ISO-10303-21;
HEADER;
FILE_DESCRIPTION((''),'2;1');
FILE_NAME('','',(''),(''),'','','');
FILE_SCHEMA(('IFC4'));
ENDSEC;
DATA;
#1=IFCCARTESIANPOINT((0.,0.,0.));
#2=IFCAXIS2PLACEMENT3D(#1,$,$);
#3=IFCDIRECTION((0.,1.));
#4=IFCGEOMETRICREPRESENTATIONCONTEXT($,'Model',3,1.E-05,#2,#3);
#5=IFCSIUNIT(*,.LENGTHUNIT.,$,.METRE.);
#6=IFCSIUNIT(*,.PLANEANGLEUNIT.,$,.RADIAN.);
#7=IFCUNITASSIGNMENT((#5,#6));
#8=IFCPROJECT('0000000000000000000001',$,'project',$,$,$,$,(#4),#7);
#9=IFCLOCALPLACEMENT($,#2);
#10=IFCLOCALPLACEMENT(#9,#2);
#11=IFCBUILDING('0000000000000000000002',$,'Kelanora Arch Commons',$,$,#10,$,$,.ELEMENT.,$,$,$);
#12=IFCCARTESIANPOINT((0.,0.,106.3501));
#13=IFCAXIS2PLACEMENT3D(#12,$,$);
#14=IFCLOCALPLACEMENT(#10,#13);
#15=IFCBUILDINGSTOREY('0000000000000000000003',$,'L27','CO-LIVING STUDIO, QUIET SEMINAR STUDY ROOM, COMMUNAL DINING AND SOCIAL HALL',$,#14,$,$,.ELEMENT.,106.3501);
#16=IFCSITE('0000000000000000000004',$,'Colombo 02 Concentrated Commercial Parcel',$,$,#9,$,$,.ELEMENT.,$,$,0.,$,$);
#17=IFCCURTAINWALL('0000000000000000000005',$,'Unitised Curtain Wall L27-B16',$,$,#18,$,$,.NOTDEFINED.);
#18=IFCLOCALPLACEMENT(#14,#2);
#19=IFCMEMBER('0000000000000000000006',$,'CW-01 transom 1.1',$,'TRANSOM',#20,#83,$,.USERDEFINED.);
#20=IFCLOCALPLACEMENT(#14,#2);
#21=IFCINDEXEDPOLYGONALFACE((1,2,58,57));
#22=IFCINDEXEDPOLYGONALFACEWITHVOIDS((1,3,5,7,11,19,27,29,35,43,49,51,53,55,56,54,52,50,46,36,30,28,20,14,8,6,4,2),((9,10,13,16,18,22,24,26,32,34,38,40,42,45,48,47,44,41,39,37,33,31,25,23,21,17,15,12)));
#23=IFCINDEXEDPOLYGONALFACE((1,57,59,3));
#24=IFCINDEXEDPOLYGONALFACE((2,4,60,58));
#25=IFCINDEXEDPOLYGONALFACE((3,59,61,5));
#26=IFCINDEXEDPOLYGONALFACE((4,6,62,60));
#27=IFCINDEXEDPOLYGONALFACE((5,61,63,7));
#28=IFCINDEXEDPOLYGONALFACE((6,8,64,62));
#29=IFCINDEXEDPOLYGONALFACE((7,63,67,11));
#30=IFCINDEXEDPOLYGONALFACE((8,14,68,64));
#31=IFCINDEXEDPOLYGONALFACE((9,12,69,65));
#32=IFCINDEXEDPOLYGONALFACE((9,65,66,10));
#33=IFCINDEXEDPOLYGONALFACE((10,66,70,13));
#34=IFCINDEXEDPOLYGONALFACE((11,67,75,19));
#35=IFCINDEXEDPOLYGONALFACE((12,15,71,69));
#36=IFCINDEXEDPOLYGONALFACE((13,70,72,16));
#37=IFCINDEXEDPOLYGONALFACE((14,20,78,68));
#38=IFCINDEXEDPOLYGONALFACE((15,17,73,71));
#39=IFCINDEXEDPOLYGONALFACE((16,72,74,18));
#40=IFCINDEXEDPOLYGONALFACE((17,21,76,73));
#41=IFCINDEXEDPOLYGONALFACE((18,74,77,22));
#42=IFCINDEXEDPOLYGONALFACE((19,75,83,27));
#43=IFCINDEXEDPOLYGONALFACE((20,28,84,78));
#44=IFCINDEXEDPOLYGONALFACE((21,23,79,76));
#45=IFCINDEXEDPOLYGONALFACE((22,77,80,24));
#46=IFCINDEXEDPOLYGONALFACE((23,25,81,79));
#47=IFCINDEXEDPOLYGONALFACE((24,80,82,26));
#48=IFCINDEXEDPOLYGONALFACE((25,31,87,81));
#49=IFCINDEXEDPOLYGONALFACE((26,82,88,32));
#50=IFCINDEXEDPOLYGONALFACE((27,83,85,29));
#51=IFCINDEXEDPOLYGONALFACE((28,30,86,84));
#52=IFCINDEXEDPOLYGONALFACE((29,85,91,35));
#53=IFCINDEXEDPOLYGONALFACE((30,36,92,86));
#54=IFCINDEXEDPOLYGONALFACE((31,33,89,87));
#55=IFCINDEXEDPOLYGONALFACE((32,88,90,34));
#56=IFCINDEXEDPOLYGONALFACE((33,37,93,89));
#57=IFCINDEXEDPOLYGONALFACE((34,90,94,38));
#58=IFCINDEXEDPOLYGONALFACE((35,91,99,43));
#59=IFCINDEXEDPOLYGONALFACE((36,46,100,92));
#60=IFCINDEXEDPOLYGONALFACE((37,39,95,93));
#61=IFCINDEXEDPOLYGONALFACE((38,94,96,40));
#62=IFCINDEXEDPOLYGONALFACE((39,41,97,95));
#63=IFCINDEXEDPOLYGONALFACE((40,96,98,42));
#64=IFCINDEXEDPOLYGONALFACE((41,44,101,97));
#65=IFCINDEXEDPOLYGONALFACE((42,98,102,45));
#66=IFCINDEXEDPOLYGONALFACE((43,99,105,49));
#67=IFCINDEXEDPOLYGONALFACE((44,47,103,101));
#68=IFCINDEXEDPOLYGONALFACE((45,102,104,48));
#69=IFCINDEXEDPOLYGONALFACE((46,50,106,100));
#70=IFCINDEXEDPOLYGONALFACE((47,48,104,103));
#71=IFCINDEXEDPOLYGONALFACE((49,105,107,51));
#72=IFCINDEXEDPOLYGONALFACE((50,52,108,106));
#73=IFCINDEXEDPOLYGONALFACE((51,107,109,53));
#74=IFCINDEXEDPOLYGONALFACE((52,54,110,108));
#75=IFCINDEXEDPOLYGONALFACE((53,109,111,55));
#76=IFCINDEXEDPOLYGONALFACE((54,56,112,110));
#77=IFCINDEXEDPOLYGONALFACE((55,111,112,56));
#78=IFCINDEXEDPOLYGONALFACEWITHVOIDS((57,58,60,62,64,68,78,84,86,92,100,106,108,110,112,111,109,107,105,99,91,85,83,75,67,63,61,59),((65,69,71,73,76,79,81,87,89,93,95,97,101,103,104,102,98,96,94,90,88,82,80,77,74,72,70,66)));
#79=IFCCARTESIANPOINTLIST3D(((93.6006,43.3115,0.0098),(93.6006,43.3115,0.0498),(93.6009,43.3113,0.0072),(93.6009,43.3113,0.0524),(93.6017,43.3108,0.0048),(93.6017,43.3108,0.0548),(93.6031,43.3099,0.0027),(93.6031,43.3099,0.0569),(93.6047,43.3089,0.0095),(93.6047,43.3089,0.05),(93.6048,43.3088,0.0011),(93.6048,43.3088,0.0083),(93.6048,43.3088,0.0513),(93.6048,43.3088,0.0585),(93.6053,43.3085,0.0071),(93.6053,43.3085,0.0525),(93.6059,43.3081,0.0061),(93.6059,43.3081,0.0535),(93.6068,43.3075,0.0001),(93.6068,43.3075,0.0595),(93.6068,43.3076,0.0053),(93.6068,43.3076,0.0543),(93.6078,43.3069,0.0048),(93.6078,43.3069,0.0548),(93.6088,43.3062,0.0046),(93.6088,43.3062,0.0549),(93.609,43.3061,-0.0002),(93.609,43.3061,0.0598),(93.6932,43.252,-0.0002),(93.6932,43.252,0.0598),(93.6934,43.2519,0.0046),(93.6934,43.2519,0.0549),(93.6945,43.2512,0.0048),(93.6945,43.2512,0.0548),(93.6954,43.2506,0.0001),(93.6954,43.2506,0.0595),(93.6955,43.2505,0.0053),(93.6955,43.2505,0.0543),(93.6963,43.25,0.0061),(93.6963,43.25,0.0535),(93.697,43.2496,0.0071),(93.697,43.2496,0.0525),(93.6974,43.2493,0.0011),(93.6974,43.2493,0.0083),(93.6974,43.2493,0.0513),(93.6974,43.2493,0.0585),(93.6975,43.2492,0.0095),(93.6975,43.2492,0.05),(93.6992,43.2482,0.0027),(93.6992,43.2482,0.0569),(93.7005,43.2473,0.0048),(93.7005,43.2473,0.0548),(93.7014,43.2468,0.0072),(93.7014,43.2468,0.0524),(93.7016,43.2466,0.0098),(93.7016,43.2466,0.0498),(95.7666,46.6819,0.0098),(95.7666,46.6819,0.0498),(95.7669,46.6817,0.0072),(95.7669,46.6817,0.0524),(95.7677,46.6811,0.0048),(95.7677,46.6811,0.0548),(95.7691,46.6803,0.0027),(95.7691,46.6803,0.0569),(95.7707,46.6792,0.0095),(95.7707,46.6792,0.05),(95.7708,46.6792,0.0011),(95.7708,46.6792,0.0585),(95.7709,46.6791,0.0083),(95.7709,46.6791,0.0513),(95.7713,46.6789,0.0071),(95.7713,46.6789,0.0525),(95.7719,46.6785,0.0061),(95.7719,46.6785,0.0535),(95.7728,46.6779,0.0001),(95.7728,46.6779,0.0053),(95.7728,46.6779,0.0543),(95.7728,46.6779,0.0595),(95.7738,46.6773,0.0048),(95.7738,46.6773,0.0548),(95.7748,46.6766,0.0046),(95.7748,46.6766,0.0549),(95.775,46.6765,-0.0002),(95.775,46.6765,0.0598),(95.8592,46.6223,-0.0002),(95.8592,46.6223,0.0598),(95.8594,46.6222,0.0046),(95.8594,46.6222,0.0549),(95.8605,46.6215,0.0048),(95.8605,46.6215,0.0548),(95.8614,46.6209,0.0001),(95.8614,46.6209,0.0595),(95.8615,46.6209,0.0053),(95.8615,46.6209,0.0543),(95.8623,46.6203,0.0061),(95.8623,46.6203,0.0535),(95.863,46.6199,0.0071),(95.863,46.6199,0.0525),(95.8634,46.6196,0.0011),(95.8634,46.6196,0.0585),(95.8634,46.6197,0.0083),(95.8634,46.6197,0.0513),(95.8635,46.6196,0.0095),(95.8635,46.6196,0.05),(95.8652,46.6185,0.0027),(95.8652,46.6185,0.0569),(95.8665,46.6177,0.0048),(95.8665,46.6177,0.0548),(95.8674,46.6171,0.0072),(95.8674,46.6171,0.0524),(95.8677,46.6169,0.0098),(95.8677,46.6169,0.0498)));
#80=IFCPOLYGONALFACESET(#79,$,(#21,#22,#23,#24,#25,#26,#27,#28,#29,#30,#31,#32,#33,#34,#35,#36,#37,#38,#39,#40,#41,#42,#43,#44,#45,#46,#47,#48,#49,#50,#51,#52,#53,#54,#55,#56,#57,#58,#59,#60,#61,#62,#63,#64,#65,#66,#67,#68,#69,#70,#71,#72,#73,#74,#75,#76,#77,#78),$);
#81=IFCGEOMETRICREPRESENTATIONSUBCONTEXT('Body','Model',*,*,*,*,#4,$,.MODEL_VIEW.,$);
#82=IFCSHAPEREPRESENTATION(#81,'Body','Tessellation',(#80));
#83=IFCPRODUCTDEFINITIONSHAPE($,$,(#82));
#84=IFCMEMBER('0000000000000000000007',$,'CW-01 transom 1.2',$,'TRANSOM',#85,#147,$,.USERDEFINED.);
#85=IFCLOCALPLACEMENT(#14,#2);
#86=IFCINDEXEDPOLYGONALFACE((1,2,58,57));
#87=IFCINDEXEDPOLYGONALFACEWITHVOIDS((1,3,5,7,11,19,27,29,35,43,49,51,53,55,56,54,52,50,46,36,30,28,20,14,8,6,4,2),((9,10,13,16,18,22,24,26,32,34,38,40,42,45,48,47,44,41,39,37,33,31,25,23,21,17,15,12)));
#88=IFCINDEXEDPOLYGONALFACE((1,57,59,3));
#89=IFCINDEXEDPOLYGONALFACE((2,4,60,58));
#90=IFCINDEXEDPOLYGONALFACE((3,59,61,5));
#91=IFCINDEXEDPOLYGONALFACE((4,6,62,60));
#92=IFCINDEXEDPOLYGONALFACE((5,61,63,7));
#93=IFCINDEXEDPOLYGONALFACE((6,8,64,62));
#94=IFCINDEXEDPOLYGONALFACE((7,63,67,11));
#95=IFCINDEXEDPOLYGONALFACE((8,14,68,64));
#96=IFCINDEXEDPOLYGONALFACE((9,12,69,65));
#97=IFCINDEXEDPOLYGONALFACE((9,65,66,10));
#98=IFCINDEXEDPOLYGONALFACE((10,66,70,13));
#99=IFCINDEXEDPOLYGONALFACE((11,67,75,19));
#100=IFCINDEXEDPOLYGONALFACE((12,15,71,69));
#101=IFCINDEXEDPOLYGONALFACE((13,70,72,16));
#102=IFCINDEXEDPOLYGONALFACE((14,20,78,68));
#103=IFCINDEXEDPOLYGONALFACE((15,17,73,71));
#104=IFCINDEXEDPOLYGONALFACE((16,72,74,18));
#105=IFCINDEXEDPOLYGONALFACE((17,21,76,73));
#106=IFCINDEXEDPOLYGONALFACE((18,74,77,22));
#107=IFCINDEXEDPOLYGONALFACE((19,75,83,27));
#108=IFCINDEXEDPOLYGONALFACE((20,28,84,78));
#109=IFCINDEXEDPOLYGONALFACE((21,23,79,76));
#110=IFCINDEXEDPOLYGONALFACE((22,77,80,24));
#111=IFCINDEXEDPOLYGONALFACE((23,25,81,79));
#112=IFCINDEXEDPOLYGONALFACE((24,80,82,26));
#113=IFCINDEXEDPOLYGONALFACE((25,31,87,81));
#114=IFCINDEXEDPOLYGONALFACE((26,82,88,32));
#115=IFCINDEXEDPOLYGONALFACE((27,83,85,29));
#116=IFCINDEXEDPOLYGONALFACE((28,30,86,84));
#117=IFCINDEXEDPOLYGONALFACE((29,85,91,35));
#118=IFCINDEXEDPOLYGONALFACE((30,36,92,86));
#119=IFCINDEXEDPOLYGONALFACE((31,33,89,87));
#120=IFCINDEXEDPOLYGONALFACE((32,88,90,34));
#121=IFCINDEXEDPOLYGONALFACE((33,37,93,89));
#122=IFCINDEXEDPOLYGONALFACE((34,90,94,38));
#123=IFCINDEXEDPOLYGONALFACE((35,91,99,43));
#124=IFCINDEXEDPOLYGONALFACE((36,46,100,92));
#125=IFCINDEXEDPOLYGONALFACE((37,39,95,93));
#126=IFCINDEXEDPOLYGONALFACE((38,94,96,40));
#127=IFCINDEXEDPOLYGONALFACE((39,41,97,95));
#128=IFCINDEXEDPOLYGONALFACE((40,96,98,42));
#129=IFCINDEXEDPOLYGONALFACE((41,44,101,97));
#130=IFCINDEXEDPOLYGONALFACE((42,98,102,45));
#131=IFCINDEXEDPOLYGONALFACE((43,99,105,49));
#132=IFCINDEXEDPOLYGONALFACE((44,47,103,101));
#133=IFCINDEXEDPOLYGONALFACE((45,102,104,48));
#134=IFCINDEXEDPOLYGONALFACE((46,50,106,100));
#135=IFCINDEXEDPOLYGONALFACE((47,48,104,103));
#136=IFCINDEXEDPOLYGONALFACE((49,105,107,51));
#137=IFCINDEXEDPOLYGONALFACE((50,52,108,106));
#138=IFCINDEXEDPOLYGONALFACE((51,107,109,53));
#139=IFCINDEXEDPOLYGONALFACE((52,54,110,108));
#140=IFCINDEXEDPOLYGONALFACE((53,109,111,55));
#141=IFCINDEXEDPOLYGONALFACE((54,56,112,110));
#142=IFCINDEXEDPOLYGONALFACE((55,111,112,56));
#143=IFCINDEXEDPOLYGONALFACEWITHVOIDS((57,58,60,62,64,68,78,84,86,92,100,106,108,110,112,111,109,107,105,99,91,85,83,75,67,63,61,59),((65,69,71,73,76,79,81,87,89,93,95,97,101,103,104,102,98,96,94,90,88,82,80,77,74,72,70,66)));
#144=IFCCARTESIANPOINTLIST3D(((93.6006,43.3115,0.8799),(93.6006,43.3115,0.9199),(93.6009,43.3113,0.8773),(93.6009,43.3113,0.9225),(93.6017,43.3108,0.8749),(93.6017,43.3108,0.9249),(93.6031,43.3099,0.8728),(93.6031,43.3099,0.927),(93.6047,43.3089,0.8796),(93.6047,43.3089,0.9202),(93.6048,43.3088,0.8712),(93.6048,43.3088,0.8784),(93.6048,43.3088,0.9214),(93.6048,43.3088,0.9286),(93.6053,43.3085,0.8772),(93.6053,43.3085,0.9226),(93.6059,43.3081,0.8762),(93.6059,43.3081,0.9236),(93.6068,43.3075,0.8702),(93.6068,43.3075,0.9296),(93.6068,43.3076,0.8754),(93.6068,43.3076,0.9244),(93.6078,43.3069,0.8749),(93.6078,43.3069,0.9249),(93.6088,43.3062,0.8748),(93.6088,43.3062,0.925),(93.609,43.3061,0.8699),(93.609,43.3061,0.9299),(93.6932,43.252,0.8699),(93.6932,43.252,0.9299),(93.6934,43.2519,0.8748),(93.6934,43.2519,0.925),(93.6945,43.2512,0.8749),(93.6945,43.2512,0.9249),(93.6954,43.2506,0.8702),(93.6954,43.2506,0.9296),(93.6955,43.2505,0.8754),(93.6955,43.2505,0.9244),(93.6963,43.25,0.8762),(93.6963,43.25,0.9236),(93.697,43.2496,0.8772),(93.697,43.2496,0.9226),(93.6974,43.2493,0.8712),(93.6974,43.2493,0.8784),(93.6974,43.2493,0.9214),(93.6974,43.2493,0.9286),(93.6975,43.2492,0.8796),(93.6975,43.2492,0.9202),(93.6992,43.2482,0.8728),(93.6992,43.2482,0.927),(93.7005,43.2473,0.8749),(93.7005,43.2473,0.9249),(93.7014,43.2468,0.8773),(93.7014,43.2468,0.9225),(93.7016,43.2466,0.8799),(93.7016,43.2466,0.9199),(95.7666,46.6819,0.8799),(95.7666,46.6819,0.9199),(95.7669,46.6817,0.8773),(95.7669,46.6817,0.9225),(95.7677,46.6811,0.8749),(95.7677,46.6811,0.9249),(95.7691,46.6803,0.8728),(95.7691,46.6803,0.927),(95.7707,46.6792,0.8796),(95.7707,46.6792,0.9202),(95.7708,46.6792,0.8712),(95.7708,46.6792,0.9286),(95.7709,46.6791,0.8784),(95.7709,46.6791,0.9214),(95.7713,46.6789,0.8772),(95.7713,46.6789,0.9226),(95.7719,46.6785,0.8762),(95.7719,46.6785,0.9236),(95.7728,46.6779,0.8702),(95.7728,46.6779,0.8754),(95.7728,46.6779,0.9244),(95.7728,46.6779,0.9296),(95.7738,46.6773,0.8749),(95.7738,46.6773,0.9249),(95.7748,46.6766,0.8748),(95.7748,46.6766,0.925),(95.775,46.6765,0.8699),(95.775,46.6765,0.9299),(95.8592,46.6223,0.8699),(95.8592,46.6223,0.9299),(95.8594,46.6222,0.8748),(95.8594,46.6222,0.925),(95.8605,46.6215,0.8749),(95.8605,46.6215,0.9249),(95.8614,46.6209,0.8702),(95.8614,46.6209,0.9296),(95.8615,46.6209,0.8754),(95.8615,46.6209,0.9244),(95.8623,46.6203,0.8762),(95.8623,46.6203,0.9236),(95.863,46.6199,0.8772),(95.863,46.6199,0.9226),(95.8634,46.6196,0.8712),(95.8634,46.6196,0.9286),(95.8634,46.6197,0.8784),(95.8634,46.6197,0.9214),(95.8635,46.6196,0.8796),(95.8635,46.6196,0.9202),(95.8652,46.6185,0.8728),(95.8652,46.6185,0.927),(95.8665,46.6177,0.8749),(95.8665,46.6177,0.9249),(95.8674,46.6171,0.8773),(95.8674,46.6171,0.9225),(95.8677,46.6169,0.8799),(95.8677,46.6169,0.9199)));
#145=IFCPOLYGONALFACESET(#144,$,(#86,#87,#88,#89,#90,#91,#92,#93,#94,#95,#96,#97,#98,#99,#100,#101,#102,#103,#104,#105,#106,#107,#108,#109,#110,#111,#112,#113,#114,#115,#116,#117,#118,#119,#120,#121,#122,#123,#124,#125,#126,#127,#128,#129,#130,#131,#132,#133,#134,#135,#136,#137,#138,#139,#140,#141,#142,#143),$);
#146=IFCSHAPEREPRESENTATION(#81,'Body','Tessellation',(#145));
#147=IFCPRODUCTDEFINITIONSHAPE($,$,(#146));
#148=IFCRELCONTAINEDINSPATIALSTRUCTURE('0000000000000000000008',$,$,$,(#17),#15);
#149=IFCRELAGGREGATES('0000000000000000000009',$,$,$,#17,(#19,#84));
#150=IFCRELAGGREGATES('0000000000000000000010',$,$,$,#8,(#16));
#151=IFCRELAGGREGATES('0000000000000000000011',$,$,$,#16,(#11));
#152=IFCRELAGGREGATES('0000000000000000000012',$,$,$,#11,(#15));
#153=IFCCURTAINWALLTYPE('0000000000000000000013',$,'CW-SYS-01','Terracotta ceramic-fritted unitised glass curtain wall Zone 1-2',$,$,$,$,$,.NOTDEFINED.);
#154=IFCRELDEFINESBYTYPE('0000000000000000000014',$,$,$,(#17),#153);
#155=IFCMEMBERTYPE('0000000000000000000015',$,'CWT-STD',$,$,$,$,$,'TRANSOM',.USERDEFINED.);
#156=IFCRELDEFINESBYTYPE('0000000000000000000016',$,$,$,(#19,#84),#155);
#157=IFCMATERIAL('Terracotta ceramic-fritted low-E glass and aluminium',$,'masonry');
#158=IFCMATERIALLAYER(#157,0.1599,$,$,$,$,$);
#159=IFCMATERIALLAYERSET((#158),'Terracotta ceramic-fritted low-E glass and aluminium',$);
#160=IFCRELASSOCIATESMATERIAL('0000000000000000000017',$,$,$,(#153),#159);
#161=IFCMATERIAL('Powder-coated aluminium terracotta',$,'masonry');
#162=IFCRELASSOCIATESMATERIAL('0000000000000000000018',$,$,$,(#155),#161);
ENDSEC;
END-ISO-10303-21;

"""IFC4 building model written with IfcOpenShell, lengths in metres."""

from ifc_helpers import new_model, si_unit, direction, frame, origin, origin_2d, place, context, subcontext, project, spatial, hollow_rectangle, extrude, material, layer, layer_set, material_profile, profile_set, type_object, element, aggregate, save


model = new_model("IFC4")

# Units and contexts
model_context = context("Model", 3, precision=1e-05, world=origin(), true_north=direction((0.0, 1.0)))
body_context = subcontext(model_context, "Body", "Model", "MODEL_VIEW")
ifc_project = project(units=[si_unit("LENGTHUNIT", "METRE"), si_unit("PLANEANGLEUNIT", "RADIAN")], contexts=[model_context])

# Site, building, storey
site_placement = place(None, origin())
site = spatial("IfcSite", under=ifc_project, at=site_placement, Name="Colombo 02 Concentrated Commercial Parcel", CompositionType="ELEMENT", RefElevation=0.0)
building_placement = place(site_placement, origin())
building = spatial("IfcBuilding", under=site, at=building_placement, Name="Kelanora Arch Commons", CompositionType="ELEMENT")
storey_placement = place(building_placement, frame((0.0, 0.0, 106.3501)))
storey = spatial("IfcBuildingStorey", under=building, at=storey_placement, Name="L27", Description="CO-LIVING STUDIO, QUIET SEMINAR STUDY ROOM, COMMUNAL DINING AND SOCIAL HALL", CompositionType="ELEMENT", Elevation=106.3501)

# Shared definitions
ifc_material_1 = material(Name="Terracotta ceramic-fritted low-E glass and aluminium", Category="masonry")
ifc_layer_1 = layer(ifc_material_1, 0.1599)
ifc_layer_set_1 = layer_set([ifc_layer_1], Name="Terracotta ceramic-fritted low-E glass and aluminium")
curtain_wall_type = type_object("IfcCurtainWallType", Name="CW-SYS-01", Description="Terracotta ceramic-fritted unitised glass curtain wall Zone 1-2", PredefinedType="NOTDEFINED", material=ifc_layer_set_1)
ifc_material_2 = material(Name="Powder-coated aluminium terracotta", Category="masonry")

# Curtain wall, members
curtain_wall_1_placement = place(storey_placement, origin())
curtain_wall_1 = element("IfcCurtainWall", 1, at=curtain_wall_1_placement, inside=storey, type_object=curtain_wall_type, Name="Unitised Curtain Wall L27-B16", PredefinedType="NOTDEFINED")
ifc_material_profile_1 = material_profile(ifc_material_2, hollow_rectangle(XDim=0.1201, YDim=0.0601, WallThickness=0.0049, InnerFilletRadius=0.0049, OuterFilletRadius=0.01, at=origin_2d()), Name="CWT120x60")
ifc_profile_set_1 = profile_set([ifc_material_profile_1], Name="Powder-coated aluminium terracotta")
member_type_1 = type_object("IfcMemberType", Name="CWT-STD", ElementType="TRANSOM", PredefinedType="USERDEFINED", material=ifc_profile_set_1)
member_1_placement = place(storey_placement, frame((93.6511, 43.2791, 0.0298), z_axis=(0.540644, 0.841252, 0.0), x_axis=(-0.841252, 0.540644, 0.0)))
member_1 = element("IfcMember", 2, at=member_1_placement, type_object=member_type_1, Name="CW-01 transom 1.1", ObjectType="TRANSOM", PredefinedType="USERDEFINED", context=body_context, shape_type="SweptSolid", body=[
    extrude(hollow_rectangle(XDim=0.1201, YDim=0.0601, WallThickness=0.0049, InnerFilletRadius=0.0049, OuterFilletRadius=0.01, at=origin_2d()), origin(), (0.0, 0.0, 1.0), 4.0063),
])
member_2_placement = place(storey_placement, frame((93.6511, 43.2791, 0.8999), z_axis=(0.540644, 0.841252, 0.0), x_axis=(-0.841252, 0.540644, 0.0)))
member_2 = element("IfcMember", 3, at=member_2_placement, type_object=member_type_1, Name="CW-01 transom 1.2", ObjectType="TRANSOM", PredefinedType="USERDEFINED", context=body_context, shape_type="SweptSolid", body=[
    extrude(hollow_rectangle(XDim=0.1201, YDim=0.0601, WallThickness=0.0049, InnerFilletRadius=0.0049, OuterFilletRadius=0.01, at=origin_2d()), origin(), (0.0, 0.0, 1.0), 4.0063),
])
aggregate(curtain_wall_1, [member_1, member_2])

save(model, "model.ifc")
